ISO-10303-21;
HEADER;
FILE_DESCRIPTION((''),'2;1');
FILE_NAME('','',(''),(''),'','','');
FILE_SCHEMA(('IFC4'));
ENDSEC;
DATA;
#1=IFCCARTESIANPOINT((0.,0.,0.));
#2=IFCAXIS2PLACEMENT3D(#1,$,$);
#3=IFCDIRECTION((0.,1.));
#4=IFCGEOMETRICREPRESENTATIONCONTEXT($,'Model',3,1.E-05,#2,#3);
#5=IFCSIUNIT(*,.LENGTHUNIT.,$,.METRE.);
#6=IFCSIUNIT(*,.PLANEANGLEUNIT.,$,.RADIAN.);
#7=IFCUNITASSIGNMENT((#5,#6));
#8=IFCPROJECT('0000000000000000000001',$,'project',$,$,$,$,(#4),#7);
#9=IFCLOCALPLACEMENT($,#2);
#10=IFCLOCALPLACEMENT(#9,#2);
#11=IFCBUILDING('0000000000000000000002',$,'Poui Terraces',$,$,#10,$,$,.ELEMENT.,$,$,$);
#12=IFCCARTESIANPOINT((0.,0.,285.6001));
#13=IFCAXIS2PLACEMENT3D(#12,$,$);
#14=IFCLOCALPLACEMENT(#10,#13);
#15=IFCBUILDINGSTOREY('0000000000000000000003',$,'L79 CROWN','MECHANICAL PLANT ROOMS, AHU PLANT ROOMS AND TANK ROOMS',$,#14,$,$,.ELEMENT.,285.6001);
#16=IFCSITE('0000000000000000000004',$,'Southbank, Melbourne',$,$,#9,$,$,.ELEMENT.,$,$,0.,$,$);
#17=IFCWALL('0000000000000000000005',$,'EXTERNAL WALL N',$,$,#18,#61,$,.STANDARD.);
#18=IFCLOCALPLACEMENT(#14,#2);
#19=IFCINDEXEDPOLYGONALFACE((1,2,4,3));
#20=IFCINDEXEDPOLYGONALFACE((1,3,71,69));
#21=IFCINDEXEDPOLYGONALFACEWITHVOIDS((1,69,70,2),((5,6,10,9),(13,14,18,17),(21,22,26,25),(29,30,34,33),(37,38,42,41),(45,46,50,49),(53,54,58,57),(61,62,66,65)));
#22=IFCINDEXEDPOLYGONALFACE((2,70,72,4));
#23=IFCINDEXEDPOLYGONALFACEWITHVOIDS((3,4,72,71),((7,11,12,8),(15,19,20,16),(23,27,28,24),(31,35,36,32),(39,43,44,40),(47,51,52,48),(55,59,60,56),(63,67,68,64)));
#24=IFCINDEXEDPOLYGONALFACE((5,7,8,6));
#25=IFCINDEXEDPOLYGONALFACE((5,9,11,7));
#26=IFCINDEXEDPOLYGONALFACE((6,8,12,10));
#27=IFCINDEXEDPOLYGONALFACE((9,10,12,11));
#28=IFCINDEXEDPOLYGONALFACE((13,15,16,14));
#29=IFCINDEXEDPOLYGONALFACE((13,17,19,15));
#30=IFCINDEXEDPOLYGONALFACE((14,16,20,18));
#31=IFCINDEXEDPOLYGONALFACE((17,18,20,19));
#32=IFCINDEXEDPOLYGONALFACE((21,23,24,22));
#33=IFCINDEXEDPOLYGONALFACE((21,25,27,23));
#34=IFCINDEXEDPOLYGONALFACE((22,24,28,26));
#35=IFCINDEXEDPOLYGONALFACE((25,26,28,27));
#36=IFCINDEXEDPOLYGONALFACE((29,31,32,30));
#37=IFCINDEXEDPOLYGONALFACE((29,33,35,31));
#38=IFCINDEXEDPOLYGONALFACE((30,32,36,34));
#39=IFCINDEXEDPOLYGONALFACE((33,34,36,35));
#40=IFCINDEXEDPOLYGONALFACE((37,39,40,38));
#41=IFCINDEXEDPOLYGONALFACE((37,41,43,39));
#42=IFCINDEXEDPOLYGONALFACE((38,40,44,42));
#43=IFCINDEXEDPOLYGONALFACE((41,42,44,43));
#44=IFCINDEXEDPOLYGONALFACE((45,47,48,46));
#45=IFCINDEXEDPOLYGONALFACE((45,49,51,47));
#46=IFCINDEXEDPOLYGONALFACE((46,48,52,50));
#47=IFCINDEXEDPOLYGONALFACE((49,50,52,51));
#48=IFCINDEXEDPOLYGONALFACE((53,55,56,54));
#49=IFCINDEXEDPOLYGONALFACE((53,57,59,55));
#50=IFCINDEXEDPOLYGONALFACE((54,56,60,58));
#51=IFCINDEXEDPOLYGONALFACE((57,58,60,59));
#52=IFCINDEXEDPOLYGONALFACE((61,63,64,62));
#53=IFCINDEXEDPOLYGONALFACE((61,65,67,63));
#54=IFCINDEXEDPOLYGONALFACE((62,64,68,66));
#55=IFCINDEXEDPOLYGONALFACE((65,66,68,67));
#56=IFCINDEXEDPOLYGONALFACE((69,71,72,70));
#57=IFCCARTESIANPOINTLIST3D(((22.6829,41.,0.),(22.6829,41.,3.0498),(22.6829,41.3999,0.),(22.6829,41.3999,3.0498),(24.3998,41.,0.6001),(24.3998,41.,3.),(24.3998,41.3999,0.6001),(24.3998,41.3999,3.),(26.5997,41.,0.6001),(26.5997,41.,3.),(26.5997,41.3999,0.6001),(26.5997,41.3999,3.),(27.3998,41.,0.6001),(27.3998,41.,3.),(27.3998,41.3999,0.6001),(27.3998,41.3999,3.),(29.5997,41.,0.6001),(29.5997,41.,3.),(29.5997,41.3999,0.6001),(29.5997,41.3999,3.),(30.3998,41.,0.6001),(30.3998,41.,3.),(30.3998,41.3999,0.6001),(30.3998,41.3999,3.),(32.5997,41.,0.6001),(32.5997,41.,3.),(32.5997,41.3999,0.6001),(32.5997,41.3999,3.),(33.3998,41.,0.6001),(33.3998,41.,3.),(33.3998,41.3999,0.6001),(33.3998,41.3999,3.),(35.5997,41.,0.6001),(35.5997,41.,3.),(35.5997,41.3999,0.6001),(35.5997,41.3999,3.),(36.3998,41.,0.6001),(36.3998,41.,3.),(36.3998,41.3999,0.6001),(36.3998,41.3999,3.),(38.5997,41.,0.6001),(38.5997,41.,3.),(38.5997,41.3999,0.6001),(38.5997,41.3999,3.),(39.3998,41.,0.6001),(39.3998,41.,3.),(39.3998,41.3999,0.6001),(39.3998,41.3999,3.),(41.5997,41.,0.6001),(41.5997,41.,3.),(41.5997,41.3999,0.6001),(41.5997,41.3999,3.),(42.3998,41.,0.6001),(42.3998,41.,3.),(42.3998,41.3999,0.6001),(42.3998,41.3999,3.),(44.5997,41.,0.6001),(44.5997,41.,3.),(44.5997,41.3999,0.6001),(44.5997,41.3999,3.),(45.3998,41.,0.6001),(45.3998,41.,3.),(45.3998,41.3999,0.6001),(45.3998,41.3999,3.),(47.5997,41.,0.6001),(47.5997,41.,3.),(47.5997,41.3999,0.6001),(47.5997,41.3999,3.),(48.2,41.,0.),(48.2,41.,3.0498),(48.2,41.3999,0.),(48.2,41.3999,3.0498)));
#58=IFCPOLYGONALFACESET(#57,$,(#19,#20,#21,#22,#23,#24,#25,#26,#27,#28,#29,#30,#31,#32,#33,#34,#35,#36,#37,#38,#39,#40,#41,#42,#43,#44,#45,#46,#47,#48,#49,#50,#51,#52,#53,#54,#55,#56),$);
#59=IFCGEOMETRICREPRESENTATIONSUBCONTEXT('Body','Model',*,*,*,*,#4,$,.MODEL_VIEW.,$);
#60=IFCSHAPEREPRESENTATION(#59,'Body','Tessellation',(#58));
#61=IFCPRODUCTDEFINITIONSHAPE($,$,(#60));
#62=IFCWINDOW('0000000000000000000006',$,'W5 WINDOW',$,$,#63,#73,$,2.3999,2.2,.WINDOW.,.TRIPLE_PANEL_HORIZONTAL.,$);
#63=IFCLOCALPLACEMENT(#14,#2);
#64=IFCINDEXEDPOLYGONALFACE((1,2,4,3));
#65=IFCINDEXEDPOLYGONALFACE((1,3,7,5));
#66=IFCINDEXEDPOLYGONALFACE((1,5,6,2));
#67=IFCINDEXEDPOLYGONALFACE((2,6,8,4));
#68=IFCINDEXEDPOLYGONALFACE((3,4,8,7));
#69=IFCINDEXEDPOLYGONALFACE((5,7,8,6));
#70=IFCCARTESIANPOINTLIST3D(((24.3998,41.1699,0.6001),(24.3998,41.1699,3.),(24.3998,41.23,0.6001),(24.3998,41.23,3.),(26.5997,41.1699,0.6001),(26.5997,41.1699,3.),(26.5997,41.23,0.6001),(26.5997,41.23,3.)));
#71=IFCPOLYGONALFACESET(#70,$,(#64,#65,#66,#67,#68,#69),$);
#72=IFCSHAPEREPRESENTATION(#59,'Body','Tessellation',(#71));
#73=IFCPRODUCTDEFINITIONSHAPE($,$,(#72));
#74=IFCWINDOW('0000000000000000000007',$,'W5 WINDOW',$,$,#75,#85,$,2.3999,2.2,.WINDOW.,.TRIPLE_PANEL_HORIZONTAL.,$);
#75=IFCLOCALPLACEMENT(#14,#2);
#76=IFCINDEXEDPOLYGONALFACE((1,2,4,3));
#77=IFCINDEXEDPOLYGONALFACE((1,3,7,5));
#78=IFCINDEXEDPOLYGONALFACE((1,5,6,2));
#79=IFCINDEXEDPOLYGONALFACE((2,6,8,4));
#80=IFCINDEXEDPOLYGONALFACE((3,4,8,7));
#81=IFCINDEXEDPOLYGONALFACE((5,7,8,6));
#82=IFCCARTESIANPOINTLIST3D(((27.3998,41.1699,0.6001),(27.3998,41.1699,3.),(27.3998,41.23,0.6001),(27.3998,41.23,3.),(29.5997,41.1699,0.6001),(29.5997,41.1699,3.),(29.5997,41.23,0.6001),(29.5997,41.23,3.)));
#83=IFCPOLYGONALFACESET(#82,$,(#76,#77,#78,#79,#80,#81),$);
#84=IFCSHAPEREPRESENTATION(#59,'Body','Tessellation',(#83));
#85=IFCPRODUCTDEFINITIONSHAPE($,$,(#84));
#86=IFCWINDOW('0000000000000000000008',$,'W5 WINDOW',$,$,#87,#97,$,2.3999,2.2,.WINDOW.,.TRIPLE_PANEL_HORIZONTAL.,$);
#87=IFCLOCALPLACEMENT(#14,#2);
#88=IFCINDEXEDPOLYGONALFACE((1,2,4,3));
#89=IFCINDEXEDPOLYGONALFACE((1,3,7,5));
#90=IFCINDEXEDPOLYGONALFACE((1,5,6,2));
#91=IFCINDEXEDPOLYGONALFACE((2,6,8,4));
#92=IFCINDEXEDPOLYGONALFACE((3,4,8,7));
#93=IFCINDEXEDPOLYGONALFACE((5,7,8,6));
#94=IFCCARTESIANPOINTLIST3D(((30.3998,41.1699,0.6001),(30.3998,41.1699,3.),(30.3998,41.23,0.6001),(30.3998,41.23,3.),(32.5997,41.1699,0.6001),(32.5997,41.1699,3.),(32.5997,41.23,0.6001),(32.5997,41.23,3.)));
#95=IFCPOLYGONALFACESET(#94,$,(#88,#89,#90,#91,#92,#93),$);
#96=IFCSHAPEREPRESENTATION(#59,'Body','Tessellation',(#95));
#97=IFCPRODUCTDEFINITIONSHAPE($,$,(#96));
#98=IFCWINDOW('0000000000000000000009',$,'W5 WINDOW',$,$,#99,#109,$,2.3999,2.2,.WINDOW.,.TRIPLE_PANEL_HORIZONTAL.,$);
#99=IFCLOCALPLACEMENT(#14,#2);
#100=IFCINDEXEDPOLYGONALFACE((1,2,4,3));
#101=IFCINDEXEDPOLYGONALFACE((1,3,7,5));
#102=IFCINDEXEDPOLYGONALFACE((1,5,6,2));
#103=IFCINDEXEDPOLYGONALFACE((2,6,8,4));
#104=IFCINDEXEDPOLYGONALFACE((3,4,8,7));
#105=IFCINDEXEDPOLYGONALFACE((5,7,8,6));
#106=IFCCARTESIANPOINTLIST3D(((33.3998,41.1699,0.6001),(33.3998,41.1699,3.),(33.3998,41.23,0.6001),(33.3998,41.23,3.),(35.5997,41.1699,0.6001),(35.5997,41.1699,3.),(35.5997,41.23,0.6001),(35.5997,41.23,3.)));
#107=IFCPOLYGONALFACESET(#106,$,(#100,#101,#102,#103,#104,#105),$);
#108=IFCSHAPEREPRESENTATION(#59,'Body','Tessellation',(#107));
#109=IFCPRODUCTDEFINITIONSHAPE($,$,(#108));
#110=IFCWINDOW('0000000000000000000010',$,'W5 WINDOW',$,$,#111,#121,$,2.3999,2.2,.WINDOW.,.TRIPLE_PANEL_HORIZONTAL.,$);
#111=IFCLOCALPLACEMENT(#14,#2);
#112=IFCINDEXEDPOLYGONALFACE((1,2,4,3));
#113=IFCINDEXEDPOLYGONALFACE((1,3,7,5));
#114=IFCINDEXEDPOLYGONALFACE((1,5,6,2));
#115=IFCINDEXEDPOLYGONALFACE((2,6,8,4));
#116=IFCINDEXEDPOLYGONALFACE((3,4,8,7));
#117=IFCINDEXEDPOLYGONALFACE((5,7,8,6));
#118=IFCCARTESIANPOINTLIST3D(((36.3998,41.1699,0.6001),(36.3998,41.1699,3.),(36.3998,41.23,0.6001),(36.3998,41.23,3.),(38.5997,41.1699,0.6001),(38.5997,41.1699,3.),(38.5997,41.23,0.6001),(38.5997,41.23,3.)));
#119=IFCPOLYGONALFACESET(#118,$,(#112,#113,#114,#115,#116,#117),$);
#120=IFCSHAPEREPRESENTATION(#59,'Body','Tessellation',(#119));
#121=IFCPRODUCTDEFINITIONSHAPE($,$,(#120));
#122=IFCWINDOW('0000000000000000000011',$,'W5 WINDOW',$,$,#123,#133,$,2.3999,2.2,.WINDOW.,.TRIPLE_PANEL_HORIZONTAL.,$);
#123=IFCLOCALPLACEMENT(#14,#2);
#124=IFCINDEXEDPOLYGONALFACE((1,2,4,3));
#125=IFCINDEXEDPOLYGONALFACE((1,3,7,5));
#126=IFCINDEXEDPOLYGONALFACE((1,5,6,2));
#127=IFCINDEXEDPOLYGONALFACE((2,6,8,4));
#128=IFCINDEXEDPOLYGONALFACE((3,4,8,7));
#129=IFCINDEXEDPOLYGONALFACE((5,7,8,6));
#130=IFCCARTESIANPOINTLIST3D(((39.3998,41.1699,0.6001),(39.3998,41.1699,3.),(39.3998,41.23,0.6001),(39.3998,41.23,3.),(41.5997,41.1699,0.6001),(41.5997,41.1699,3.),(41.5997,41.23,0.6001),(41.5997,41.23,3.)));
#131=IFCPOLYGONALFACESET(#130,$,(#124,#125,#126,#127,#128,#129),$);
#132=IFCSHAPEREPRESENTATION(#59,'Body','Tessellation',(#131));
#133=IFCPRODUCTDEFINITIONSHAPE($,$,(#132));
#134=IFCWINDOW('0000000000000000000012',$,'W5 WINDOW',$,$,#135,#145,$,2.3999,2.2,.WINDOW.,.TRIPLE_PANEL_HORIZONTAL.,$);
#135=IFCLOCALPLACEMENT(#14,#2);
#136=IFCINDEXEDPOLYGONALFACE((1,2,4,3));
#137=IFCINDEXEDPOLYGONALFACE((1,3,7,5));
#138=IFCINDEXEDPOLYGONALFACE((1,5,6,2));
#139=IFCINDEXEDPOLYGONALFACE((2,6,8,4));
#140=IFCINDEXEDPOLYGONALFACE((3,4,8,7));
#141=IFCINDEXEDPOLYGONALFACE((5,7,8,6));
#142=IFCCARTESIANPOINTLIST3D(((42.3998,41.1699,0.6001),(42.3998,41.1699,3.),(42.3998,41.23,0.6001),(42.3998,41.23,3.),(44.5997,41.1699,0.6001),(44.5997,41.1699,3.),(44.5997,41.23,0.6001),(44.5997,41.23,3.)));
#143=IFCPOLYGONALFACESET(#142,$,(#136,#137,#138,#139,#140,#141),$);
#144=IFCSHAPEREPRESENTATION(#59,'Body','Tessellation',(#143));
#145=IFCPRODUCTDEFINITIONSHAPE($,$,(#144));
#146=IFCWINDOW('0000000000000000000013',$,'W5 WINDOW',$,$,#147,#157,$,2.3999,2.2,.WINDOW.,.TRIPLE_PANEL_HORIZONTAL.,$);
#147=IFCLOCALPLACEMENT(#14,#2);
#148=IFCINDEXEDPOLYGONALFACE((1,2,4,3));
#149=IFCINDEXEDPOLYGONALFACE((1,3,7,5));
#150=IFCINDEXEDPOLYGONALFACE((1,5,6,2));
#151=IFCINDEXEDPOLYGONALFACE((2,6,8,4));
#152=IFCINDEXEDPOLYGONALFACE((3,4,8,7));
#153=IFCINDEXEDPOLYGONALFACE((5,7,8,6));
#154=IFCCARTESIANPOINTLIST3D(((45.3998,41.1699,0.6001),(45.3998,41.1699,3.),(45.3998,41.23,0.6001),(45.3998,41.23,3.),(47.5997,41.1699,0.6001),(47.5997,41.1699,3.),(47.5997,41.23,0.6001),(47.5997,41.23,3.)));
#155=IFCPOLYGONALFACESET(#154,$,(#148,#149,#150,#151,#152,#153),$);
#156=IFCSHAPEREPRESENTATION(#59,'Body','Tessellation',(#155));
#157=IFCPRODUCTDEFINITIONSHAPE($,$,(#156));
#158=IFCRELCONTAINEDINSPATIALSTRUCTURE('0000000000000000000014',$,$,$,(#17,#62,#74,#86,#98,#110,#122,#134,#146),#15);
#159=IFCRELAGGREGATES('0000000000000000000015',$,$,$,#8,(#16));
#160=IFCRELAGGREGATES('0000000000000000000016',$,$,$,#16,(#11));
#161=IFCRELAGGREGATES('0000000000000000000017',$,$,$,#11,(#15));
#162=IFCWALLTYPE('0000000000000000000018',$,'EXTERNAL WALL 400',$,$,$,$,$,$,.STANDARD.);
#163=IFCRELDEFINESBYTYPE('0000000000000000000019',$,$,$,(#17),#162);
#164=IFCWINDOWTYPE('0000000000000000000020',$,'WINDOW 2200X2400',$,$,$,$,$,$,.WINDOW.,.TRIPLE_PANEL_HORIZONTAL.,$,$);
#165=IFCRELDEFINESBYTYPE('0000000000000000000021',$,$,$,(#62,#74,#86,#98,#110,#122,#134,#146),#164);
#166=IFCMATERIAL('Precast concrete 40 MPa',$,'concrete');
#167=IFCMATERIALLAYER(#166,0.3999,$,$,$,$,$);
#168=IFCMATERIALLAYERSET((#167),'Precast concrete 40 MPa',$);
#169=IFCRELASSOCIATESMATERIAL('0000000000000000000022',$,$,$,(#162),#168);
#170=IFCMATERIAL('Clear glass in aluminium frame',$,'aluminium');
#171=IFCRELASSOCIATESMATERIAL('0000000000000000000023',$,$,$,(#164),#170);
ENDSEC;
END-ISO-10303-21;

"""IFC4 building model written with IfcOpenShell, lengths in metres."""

from ifc_helpers import new_model, si_unit, direction, frame, frame_2d, origin, place, context, subcontext, project, spatial, rectangle, extrude, material, layer, layer_set, type_object, element, fill, save


model = new_model("IFC4")

# Units and contexts
model_context = context("Model", 3, precision=1e-05, world=origin(), true_north=direction((0.0, 1.0)))
body_context = subcontext(model_context, "Body", "Model", "MODEL_VIEW")
ifc_project = project(units=[si_unit("LENGTHUNIT", "METRE"), si_unit("PLANEANGLEUNIT", "RADIAN")], contexts=[model_context])

# Site, building, storey
site_placement = place(None, origin())
site = spatial("IfcSite", under=ifc_project, at=site_placement, Name="Southbank, Melbourne", CompositionType="ELEMENT", RefElevation=0.0)
building_placement = place(site_placement, origin())
building = spatial("IfcBuilding", under=site, at=building_placement, Name="Poui Terraces", CompositionType="ELEMENT")
storey_placement = place(building_placement, frame((0.0, 0.0, 285.6001)))
storey = spatial("IfcBuildingStorey", under=building, at=storey_placement, Name="L79 CROWN", Description="MECHANICAL PLANT ROOMS, AHU PLANT ROOMS AND TANK ROOMS", CompositionType="ELEMENT", Elevation=285.6001)

# Wall, openings, windows
ifc_material_1 = material(Name="Precast concrete 40 MPa", Category="concrete")
ifc_layer_1 = layer(ifc_material_1, 0.3999)
ifc_layer_set_1 = layer_set([ifc_layer_1], Name="Precast concrete 40 MPa")
wall_type_1 = type_object("IfcWallType", Name="EXTERNAL WALL 400", PredefinedType="STANDARD", material=ifc_layer_set_1)
wall_1_placement = place(storey_placement, frame((48.2, 41.2, 0.0), z_axis=(0.0, 0.0, 1.0), x_axis=(-1.0, 0.0, 0.0)))
wall_1 = element("IfcWall", 1, at=wall_1_placement, inside=storey, type_object=wall_type_1, Name="EXTERNAL WALL N", PredefinedType="STANDARD", context=body_context, shape_type="SweptSolid", body=[
    extrude(rectangle(XDim=25.5171, YDim=0.3999, at=frame_2d((12.7585, 0.0))), origin(), (0.0, 0.0, 1.0), 3.0498),
])
opening_1_placement = place(wall_1_placement, frame((21.6001, 0.0, 0.6001)))
opening_1 = element("IfcOpeningElement", 2, at=opening_1_placement, cuts=wall_1, PredefinedType="OPENING", context=body_context, shape_type="SweptSolid", body=[
    extrude(rectangle(XDim=2.2, YDim=2.3999, at=frame_2d((1.1001, 1.2))), frame((0.0, 0.21, 0.0), z_axis=(0.0, -1.0, 0.0), x_axis=(1.0, 0.0, 0.0)), (0.0, 0.0, 1.0), 0.4199),
])
opening_2_placement = place(wall_1_placement, frame((18.6001, 0.0, 0.6001)))
opening_2 = element("IfcOpeningElement", 3, at=opening_2_placement, cuts=wall_1, PredefinedType="OPENING", context=body_context, shape_type="SweptSolid", body=[
    extrude(rectangle(XDim=2.2, YDim=2.3999, at=frame_2d((1.1001, 1.2))), frame((0.0, 0.21, 0.0), z_axis=(0.0, -1.0, 0.0), x_axis=(1.0, 0.0, 0.0)), (0.0, 0.0, 1.0), 0.4199),
])
opening_3_placement = place(wall_1_placement, frame((15.6001, 0.0, 0.6001)))
opening_3 = element("IfcOpeningElement", 4, at=opening_3_placement, cuts=wall_1, PredefinedType="OPENING", context=body_context, shape_type="SweptSolid", body=[
    extrude(rectangle(XDim=2.2, YDim=2.3999, at=frame_2d((1.1001, 1.2))), frame((0.0, 0.21, 0.0), z_axis=(0.0, -1.0, 0.0), x_axis=(1.0, 0.0, 0.0)), (0.0, 0.0, 1.0), 0.4199),
])
opening_4_placement = place(wall_1_placement, frame((12.6001, 0.0, 0.6001)))
opening_4 = element("IfcOpeningElement", 5, at=opening_4_placement, cuts=wall_1, PredefinedType="OPENING", context=body_context, shape_type="SweptSolid", body=[
    extrude(rectangle(XDim=2.2, YDim=2.3999, at=frame_2d((1.1001, 1.2))), frame((0.0, 0.21, 0.0), z_axis=(0.0, -1.0, 0.0), x_axis=(1.0, 0.0, 0.0)), (0.0, 0.0, 1.0), 0.4199),
])
opening_5_placement = place(wall_1_placement, frame((9.6001, 0.0, 0.6001)))
opening_5 = element("IfcOpeningElement", 6, at=opening_5_placement, cuts=wall_1, PredefinedType="OPENING", context=body_context, shape_type="SweptSolid", body=[
    extrude(rectangle(XDim=2.2, YDim=2.3999, at=frame_2d((1.1001, 1.2))), frame((0.0, 0.21, 0.0), z_axis=(0.0, -1.0, 0.0), x_axis=(1.0, 0.0, 0.0)), (0.0, 0.0, 1.0), 0.4199),
])
opening_6_placement = place(wall_1_placement, frame((6.6001, 0.0, 0.6001)))
opening_6 = element("IfcOpeningElement", 7, at=opening_6_placement, cuts=wall_1, PredefinedType="OPENING", context=body_context, shape_type="SweptSolid", body=[
    extrude(rectangle(XDim=2.2, YDim=2.3999, at=frame_2d((1.1001, 1.2))), frame((0.0, 0.21, 0.0), z_axis=(0.0, -1.0, 0.0), x_axis=(1.0, 0.0, 0.0)), (0.0, 0.0, 1.0), 0.4199),
])
opening_7_placement = place(wall_1_placement, frame((3.6001, 0.0, 0.6001)))
opening_7 = element("IfcOpeningElement", 8, at=opening_7_placement, cuts=wall_1, PredefinedType="OPENING", context=body_context, shape_type="SweptSolid", body=[
    extrude(rectangle(XDim=2.2, YDim=2.3999, at=frame_2d((1.1001, 1.2))), frame((0.0, 0.21, 0.0), z_axis=(0.0, -1.0, 0.0), x_axis=(1.0, 0.0, 0.0)), (0.0, 0.0, 1.0), 0.4199),
])
opening_8_placement = place(wall_1_placement, frame((0.6001, 0.0, 0.6001)))
opening_8 = element("IfcOpeningElement", 9, at=opening_8_placement, cuts=wall_1, PredefinedType="OPENING", context=body_context, shape_type="SweptSolid", body=[
    extrude(rectangle(XDim=2.2, YDim=2.3999, at=frame_2d((1.1001, 1.2))), frame((0.0, 0.21, 0.0), z_axis=(0.0, -1.0, 0.0), x_axis=(1.0, 0.0, 0.0)), (0.0, 0.0, 1.0), 0.4199),
])
ifc_material_2 = material(Name="Clear glass in aluminium frame", Category="aluminium")
window_type = type_object("IfcWindowType", Name="WINDOW 2200X2400", PartitioningType="TRIPLE_PANEL_HORIZONTAL", PredefinedType="WINDOW", material=ifc_material_2)
window_1_placement = place(opening_1_placement, origin())
window_1 = element("IfcWindow", 10, at=window_1_placement, inside=storey, type_object=window_type, Name="W5 WINDOW", OverallHeight=2.3999, OverallWidth=2.2, PartitioningType="TRIPLE_PANEL_HORIZONTAL", PredefinedType="WINDOW", context=body_context, shape_type="SweptSolid", body=[
    extrude(rectangle(XDim=2.2, YDim=2.3999, at=frame_2d((1.1001, 1.2))), frame((0.0, 0.03, 0.0), z_axis=(0.0, -1.0, 0.0), x_axis=(1.0, 0.0, 0.0)), (0.0, 0.0, 1.0), 0.0601),
])
fill(opening_1, window_1)
window_2_placement = place(opening_2_placement, origin())
window_2 = element("IfcWindow", 11, at=window_2_placement, inside=storey, type_object=window_type, Name="W5 WINDOW", OverallHeight=2.3999, OverallWidth=2.2, PartitioningType="TRIPLE_PANEL_HORIZONTAL", PredefinedType="WINDOW", context=body_context, shape_type="SweptSolid", body=[
    extrude(rectangle(XDim=2.2, YDim=2.3999, at=frame_2d((1.1001, 1.2))), frame((0.0, 0.03, 0.0), z_axis=(0.0, -1.0, 0.0), x_axis=(1.0, 0.0, 0.0)), (0.0, 0.0, 1.0), 0.0601),
])
fill(opening_2, window_2)
window_3_placement = place(opening_3_placement, origin())
window_3 = element("IfcWindow", 12, at=window_3_placement, inside=storey, type_object=window_type, Name="W5 WINDOW", OverallHeight=2.3999, OverallWidth=2.2, PartitioningType="TRIPLE_PANEL_HORIZONTAL", PredefinedType="WINDOW", context=body_context, shape_type="SweptSolid", body=[
    extrude(rectangle(XDim=2.2, YDim=2.3999, at=frame_2d((1.1001, 1.2))), frame((0.0, 0.03, 0.0), z_axis=(0.0, -1.0, 0.0), x_axis=(1.0, 0.0, 0.0)), (0.0, 0.0, 1.0), 0.0601),
])
fill(opening_3, window_3)
window_4_placement = place(opening_4_placement, origin())
window_4 = element("IfcWindow", 13, at=window_4_placement, inside=storey, type_object=window_type, Name="W5 WINDOW", OverallHeight=2.3999, OverallWidth=2.2, PartitioningType="TRIPLE_PANEL_HORIZONTAL", PredefinedType="WINDOW", context=body_context, shape_type="SweptSolid", body=[
    extrude(rectangle(XDim=2.2, YDim=2.3999, at=frame_2d((1.1001, 1.2))), frame((0.0, 0.03, 0.0), z_axis=(0.0, -1.0, 0.0), x_axis=(1.0, 0.0, 0.0)), (0.0, 0.0, 1.0), 0.0601),
])
fill(opening_4, window_4)
window_5_placement = place(opening_5_placement, origin())
window_5 = element("IfcWindow", 14, at=window_5_placement, inside=storey, type_object=window_type, Name="W5 WINDOW", OverallHeight=2.3999, OverallWidth=2.2, PartitioningType="TRIPLE_PANEL_HORIZONTAL", PredefinedType="WINDOW", context=body_context, shape_type="SweptSolid", body=[
    extrude(rectangle(XDim=2.2, YDim=2.3999, at=frame_2d((1.1001, 1.2))), frame((0.0, 0.03, 0.0), z_axis=(0.0, -1.0, 0.0), x_axis=(1.0, 0.0, 0.0)), (0.0, 0.0, 1.0), 0.0601),
])
fill(opening_5, window_5)
window_6_placement = place(opening_6_placement, origin())
window_6 = element("IfcWindow", 15, at=window_6_placement, inside=storey, type_object=window_type, Name="W5 WINDOW", OverallHeight=2.3999, OverallWidth=2.2, PartitioningType="TRIPLE_PANEL_HORIZONTAL", PredefinedType="WINDOW", context=body_context, shape_type="SweptSolid", body=[
    extrude(rectangle(XDim=2.2, YDim=2.3999, at=frame_2d((1.1001, 1.2))), frame((0.0, 0.03, 0.0), z_axis=(0.0, -1.0, 0.0), x_axis=(1.0, 0.0, 0.0)), (0.0, 0.0, 1.0), 0.0601),
])
fill(opening_6, window_6)
window_7_placement = place(opening_7_placement, origin())
window_7 = element("IfcWindow", 16, at=window_7_placement, inside=storey, type_object=window_type, Name="W5 WINDOW", OverallHeight=2.3999, OverallWidth=2.2, PartitioningType="TRIPLE_PANEL_HORIZONTAL", PredefinedType="WINDOW", context=body_context, shape_type="SweptSolid", body=[
    extrude(rectangle(XDim=2.2, YDim=2.3999, at=frame_2d((1.1001, 1.2))), frame((0.0, 0.03, 0.0), z_axis=(0.0, -1.0, 0.0), x_axis=(1.0, 0.0, 0.0)), (0.0, 0.0, 1.0), 0.0601),
])
fill(opening_7, window_7)
window_8_placement = place(opening_8_placement, origin())
window_8 = element("IfcWindow", 17, at=window_8_placement, inside=storey, type_object=window_type, Name="W5 WINDOW", OverallHeight=2.3999, OverallWidth=2.2, PartitioningType="TRIPLE_PANEL_HORIZONTAL", PredefinedType="WINDOW", context=body_context, shape_type="SweptSolid", body=[
    extrude(rectangle(XDim=2.2, YDim=2.3999, at=frame_2d((1.1001, 1.2))), frame((0.0, 0.03, 0.0), z_axis=(0.0, -1.0, 0.0), x_axis=(1.0, 0.0, 0.0)), (0.0, 0.0, 1.0), 0.0601),
])
fill(opening_8, window_8)

save(model, "model.ifc")
